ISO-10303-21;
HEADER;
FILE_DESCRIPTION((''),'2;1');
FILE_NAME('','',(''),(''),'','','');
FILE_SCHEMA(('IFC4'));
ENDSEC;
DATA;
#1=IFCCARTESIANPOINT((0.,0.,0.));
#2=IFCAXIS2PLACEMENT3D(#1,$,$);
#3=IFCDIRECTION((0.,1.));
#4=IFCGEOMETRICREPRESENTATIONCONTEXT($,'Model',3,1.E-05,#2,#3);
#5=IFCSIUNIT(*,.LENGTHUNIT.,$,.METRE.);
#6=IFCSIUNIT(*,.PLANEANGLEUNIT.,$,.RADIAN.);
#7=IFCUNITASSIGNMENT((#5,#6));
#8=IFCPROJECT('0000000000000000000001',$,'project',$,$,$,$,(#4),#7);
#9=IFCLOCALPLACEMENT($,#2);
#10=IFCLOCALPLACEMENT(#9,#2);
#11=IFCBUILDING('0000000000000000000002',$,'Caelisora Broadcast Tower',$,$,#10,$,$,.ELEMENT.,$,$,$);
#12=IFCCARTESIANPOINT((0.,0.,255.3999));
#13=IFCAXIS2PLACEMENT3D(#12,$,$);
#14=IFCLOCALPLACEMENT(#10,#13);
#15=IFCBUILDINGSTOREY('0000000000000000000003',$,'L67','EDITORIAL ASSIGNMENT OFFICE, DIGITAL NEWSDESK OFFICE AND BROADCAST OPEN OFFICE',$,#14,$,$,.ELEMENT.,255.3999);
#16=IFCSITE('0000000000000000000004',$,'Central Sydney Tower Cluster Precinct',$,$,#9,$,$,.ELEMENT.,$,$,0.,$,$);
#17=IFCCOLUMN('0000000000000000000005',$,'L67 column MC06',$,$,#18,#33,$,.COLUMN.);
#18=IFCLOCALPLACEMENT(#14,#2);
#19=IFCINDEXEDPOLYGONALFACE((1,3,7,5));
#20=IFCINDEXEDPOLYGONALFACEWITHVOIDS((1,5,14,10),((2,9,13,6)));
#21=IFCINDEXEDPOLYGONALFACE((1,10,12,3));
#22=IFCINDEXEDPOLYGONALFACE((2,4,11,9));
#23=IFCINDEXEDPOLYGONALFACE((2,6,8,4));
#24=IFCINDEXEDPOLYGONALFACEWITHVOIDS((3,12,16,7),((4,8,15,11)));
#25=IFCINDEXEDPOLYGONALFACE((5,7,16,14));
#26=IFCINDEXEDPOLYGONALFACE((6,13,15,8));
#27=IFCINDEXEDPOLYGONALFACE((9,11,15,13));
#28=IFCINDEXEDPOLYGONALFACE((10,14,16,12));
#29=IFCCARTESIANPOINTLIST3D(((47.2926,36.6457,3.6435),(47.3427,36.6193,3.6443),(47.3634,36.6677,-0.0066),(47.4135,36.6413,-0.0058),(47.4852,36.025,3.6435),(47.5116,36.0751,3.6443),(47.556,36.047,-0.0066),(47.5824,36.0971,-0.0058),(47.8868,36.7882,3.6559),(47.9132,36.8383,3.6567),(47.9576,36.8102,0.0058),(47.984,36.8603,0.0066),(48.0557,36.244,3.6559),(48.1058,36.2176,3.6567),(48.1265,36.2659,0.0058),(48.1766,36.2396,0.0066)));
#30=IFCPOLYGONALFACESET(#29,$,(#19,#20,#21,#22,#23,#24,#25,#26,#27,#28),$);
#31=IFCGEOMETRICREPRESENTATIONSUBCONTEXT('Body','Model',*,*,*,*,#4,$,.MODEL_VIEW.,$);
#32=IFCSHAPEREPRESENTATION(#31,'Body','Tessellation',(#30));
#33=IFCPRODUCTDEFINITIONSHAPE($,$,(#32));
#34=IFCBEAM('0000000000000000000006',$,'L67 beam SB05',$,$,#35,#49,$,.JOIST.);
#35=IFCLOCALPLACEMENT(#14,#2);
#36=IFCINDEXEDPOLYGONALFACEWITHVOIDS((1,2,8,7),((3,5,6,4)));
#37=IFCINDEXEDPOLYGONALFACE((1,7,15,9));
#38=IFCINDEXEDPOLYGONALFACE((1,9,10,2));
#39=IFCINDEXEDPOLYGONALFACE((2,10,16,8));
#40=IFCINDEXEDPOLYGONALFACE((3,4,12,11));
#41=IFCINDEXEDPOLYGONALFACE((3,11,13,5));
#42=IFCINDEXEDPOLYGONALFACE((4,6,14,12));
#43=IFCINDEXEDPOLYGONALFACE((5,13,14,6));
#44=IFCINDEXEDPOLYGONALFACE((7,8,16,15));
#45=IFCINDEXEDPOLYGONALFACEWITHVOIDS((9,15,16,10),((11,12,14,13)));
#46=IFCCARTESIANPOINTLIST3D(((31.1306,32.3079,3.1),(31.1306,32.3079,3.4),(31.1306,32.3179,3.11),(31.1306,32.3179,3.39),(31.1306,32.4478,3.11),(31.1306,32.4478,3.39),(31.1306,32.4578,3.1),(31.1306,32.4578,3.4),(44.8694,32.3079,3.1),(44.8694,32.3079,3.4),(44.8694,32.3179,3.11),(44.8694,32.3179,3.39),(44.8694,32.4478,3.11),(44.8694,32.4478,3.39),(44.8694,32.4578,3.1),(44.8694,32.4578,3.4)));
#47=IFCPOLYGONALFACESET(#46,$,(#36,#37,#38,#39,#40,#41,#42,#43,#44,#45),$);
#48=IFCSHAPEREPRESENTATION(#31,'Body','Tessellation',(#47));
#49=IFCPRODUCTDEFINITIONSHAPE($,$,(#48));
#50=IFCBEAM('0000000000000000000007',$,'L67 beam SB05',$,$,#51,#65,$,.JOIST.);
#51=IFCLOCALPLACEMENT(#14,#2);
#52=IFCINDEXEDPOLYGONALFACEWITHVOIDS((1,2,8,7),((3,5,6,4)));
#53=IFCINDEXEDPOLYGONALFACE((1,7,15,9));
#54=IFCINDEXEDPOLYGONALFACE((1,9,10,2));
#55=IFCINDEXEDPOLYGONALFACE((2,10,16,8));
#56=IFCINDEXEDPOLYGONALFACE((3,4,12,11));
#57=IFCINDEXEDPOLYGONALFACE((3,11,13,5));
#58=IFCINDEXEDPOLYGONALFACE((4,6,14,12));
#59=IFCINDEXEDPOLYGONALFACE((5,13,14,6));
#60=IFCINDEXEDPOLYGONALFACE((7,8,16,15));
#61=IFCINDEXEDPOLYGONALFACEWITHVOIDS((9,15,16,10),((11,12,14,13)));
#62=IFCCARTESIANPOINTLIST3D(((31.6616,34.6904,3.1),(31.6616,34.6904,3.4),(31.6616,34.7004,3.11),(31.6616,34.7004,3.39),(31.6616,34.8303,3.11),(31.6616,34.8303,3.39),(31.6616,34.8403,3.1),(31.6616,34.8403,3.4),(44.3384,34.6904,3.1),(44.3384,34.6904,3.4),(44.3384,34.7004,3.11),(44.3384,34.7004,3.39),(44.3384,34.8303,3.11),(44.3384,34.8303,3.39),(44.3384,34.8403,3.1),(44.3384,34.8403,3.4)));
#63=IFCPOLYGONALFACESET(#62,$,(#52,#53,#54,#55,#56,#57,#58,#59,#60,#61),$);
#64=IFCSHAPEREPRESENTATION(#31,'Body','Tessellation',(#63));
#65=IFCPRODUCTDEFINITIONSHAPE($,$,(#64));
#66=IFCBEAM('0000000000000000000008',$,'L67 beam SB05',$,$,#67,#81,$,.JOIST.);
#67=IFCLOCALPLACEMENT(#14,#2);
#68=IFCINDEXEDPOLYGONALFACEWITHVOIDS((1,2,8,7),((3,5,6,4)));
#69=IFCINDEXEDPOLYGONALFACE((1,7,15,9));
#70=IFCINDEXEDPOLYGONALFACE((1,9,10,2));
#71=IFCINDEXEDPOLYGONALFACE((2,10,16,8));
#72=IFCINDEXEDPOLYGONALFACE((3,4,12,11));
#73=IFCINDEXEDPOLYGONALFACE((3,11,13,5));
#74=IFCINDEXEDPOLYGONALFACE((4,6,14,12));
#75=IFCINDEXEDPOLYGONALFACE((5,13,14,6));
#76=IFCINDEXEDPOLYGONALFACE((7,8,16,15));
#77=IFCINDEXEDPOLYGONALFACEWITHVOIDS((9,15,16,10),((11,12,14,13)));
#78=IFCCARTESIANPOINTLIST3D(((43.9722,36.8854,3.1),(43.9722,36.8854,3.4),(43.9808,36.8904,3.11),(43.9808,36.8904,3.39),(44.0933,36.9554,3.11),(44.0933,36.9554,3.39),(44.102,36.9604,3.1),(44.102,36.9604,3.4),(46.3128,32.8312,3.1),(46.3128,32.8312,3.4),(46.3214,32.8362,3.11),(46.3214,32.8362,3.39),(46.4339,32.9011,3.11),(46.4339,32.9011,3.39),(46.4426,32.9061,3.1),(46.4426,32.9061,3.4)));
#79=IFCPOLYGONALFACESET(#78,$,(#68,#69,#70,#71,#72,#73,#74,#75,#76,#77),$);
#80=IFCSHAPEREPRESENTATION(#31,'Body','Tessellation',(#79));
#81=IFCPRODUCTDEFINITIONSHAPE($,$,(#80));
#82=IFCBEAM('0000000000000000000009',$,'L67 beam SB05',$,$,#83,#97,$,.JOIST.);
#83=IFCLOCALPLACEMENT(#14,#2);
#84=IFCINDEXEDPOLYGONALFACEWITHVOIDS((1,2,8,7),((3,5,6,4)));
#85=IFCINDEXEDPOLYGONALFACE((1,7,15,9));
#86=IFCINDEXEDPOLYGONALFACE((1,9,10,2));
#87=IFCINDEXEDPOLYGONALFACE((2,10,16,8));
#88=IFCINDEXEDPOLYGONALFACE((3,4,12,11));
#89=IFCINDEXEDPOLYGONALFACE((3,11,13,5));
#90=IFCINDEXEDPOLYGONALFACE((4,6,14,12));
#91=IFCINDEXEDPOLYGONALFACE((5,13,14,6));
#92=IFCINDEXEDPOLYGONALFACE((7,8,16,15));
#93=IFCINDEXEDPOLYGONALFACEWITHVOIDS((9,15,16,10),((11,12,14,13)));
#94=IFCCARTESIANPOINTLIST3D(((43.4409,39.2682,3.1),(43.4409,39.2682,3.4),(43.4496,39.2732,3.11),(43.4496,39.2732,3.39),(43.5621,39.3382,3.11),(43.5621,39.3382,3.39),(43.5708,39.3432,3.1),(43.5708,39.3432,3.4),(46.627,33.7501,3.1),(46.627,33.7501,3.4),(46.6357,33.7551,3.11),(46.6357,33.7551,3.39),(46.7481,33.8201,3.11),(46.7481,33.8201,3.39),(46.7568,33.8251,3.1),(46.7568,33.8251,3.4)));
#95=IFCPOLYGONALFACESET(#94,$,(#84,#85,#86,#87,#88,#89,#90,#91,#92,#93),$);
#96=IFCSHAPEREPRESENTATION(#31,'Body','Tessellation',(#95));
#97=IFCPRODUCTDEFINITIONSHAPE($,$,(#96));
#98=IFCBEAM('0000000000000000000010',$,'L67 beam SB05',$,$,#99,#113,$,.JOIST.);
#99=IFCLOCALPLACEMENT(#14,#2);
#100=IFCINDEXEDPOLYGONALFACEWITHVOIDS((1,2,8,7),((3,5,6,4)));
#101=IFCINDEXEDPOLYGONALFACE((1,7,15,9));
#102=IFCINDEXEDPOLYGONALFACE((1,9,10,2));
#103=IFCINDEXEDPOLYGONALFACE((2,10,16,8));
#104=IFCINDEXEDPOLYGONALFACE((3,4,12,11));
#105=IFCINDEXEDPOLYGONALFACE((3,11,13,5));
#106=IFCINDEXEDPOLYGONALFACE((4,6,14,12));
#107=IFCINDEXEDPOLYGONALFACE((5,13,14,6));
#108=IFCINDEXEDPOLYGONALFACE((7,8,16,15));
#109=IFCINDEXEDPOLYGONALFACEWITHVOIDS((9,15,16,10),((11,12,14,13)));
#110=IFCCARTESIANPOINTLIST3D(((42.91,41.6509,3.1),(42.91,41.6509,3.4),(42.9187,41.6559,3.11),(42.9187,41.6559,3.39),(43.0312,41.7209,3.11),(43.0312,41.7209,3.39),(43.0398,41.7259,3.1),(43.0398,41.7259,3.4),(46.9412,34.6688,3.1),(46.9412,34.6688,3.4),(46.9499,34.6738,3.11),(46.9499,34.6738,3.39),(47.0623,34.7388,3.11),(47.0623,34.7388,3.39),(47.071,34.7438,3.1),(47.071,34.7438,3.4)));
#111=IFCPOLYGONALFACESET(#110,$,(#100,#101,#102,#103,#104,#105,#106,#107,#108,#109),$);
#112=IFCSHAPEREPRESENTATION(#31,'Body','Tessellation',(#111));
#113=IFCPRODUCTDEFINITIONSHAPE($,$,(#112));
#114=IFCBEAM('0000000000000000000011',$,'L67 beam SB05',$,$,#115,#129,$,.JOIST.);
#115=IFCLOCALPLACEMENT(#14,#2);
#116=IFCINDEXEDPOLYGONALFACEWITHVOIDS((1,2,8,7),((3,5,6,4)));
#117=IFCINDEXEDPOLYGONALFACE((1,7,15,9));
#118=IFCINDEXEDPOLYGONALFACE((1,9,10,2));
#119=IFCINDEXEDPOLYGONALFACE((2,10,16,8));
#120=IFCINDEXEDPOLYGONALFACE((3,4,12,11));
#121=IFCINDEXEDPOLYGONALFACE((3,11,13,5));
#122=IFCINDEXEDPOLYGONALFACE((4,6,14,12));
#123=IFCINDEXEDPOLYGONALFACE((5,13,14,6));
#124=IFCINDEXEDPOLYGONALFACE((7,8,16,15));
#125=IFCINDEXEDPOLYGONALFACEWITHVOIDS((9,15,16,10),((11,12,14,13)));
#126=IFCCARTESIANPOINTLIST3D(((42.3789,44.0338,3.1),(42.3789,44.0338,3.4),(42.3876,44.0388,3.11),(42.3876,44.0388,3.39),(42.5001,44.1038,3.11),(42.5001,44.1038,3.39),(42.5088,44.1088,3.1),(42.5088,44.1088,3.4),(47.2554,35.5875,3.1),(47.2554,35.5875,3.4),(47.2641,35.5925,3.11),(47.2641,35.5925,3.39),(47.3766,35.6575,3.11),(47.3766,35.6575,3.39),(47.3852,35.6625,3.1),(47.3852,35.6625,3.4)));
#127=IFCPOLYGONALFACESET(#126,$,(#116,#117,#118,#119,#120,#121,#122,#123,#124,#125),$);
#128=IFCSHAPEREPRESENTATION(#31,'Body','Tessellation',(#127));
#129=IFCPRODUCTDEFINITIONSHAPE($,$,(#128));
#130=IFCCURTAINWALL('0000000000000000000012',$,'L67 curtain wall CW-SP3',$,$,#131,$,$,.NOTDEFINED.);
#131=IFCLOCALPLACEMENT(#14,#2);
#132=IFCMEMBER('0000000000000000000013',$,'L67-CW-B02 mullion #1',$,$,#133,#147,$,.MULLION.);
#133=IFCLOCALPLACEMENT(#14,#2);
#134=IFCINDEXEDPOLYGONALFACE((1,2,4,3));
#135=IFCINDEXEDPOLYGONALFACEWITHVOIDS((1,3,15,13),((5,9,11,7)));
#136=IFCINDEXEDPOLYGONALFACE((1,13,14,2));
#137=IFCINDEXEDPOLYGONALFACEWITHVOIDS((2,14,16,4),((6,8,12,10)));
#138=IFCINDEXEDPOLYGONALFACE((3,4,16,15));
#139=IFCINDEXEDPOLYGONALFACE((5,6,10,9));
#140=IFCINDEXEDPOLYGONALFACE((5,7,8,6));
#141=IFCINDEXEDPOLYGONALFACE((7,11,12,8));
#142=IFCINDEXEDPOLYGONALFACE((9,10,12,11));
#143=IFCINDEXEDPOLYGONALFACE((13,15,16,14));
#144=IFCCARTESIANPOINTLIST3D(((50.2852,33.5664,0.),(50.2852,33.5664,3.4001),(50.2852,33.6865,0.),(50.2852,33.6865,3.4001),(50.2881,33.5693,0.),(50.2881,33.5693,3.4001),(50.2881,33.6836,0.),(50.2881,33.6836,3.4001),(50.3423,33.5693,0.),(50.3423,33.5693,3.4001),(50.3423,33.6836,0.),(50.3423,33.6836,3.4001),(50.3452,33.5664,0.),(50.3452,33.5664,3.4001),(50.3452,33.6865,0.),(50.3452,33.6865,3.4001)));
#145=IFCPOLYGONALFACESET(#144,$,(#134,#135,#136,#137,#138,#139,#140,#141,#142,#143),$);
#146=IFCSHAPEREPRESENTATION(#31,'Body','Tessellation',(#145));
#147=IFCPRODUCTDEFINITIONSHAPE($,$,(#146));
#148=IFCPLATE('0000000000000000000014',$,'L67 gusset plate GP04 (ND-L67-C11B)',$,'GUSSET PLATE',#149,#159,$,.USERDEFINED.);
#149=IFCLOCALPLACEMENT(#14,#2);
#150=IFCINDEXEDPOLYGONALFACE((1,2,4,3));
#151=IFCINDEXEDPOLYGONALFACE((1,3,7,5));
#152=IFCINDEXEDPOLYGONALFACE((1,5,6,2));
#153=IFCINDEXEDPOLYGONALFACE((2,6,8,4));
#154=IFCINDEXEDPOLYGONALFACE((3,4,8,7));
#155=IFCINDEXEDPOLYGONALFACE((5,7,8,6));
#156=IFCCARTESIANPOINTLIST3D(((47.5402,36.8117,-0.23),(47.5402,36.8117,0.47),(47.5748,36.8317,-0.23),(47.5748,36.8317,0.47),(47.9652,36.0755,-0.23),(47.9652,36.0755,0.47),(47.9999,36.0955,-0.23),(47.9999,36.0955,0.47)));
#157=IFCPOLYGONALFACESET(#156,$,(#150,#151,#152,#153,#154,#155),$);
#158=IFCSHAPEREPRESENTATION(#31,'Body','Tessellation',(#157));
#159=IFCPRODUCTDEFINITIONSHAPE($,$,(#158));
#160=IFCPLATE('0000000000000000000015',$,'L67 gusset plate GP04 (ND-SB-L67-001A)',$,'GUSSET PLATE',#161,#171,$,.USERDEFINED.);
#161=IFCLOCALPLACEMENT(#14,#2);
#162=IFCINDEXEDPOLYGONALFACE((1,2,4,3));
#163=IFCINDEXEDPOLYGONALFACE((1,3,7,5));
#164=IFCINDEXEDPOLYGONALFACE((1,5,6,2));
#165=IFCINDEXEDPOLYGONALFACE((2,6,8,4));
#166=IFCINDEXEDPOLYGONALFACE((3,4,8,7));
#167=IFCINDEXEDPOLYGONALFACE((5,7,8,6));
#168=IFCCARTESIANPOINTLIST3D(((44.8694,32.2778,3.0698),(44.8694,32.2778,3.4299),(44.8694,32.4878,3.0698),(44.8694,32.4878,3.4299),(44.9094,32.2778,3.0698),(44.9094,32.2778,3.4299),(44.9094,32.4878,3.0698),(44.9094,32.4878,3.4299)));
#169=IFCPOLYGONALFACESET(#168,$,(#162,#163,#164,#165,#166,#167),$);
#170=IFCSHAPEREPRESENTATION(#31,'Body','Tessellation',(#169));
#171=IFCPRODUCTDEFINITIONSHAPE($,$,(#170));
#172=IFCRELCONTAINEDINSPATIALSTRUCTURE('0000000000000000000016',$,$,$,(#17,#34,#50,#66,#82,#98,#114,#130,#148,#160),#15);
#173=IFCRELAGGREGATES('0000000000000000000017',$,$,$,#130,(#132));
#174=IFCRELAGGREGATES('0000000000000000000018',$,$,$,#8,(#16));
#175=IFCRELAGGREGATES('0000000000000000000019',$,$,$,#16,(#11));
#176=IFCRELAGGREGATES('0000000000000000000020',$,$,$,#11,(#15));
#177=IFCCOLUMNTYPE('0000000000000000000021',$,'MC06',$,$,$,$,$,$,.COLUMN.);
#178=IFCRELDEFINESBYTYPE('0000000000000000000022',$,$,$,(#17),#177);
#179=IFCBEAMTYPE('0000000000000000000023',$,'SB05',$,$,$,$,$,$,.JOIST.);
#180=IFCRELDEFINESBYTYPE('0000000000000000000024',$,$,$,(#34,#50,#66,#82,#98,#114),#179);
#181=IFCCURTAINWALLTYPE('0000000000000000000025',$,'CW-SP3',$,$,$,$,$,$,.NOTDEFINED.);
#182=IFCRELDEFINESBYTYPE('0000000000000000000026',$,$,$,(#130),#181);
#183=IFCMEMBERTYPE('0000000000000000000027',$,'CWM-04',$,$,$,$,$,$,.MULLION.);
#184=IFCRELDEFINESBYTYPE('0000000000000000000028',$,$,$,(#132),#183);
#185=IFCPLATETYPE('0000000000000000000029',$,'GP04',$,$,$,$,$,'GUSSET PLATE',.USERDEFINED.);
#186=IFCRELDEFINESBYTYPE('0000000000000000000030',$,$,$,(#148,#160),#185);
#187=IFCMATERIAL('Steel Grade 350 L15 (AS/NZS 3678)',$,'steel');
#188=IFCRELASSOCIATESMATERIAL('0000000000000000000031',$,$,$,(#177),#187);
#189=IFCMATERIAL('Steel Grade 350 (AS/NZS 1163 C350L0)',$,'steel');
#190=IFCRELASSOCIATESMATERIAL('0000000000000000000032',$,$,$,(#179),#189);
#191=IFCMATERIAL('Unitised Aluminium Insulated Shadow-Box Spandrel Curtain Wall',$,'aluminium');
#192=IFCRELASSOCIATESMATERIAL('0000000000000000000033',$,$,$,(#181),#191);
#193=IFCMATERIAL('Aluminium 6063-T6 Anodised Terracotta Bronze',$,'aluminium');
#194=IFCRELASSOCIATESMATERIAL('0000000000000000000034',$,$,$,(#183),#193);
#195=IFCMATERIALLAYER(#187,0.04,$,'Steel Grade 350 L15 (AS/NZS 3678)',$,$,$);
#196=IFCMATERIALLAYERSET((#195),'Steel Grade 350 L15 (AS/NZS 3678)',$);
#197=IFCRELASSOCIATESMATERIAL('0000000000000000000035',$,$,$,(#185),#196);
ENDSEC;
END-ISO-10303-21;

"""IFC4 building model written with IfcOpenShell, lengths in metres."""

from ifc_helpers import new_model, si_unit, direction, frame, origin, origin_2d, place, context, subcontext, project, spatial, rectangle, hollow_rectangle, extrude, source, transform, mapped, material, layer, layer_set, material_profile, profile_set, type_object, type_shapes, element, aggregate, save


model = new_model("IFC4")

# Units and contexts
model_context = context("Model", 3, precision=1e-05, world=origin(), true_north=direction((0.0, 1.0)))
body_context = subcontext(model_context, "Body", "Model", "MODEL_VIEW")
ifc_project = project(units=[si_unit("LENGTHUNIT", "METRE"), si_unit("PLANEANGLEUNIT", "RADIAN")], contexts=[model_context])

# Site, building, storey
site_placement = place(None, origin())
site = spatial("IfcSite", under=ifc_project, at=site_placement, Name="Central Sydney Tower Cluster Precinct", CompositionType="ELEMENT", RefElevation=0.0)
building_placement = place(site_placement, origin())
building = spatial("IfcBuilding", under=site, at=building_placement, Name="Caelisora Broadcast Tower", CompositionType="ELEMENT")
storey_placement = place(building_placement, frame((0.0, 0.0, 255.3999)))
storey = spatial("IfcBuildingStorey", under=building, at=storey_placement, Name="L67", Description="EDITORIAL ASSIGNMENT OFFICE, DIGITAL NEWSDESK OFFICE AND BROADCAST OPEN OFFICE", CompositionType="ELEMENT", Elevation=255.3999)

# Column
ifc_material_1 = material(Name="Steel Grade 350 L15 (AS/NZS 3678)", Category="steel")
ifc_material_profile_1 = material_profile(ifc_material_1, hollow_rectangle(XDim=0.6499, YDim=0.6499, WallThickness=0.04, at=origin_2d()), Name="Steel Grade 350 L15 (AS/NZS 3678)")
ifc_profile_set_1 = profile_set([ifc_material_profile_1], Name="Steel Grade 350 L15 (AS/NZS 3678)")
column_type = type_object("IfcColumnType", Name="MC06", PredefinedType="COLUMN", material=ifc_profile_set_1)
shared_shape_1 = source(origin(), body_context, "Body", "SweptSolid", [
    extrude(hollow_rectangle(XDim=0.6499, YDim=0.6499, WallThickness=0.04, at=origin_2d()), origin(), (0.0, 0.0, 1.0), 3.6509),
])
type_shapes(column_type, [shared_shape_1])
column_placement = place(storey_placement, frame((47.77, 36.4536, 0.0), z_axis=(-0.019393, -0.006018, 0.999794), x_axis=(0.296399, -0.955064, 0.0)))
element("IfcColumn", 1, at=column_placement, inside=storey, type_object=column_type, Name="L67 column MC06", PredefinedType="COLUMN", context=body_context, shape_type="MappedRepresentation", body=[
    mapped(shared_shape_1, transform((0.0, 0.0, 0.0), scale=1.0)),
])

# Beams
ifc_material_2 = material(Name="Steel Grade 350 (AS/NZS 1163 C350L0)", Category="steel")
ifc_material_profile_2 = material_profile(ifc_material_2, hollow_rectangle(XDim=0.1499, YDim=0.3, WallThickness=0.01, at=origin_2d()), Name="Steel Grade 350 (AS/NZS 1163 C350L0)")
ifc_profile_set_2 = profile_set([ifc_material_profile_2], Name="Steel Grade 350 (AS/NZS 1163 C350L0)")
beam_type = type_object("IfcBeamType", Name="SB05", PredefinedType="JOIST", material=ifc_profile_set_2)
shared_shape_2 = source(origin(), body_context, "Body", "SweptSolid", [
    extrude(hollow_rectangle(XDim=0.1499, YDim=0.3, WallThickness=0.01, at=origin_2d()), origin(), (0.0, 0.0, 1.0), 13.7388),
])
beam_1_placement = place(storey_placement, frame((44.8694, 32.3828, 3.25), z_axis=(-1.0, 0.0, 0.0), x_axis=(0.0, -1.0, 0.0)))
element("IfcBeam", 2, at=beam_1_placement, inside=storey, type_object=beam_type, Name="L67 beam SB05", PredefinedType="JOIST", context=body_context, shape_type="MappedRepresentation", body=[
    mapped(shared_shape_2, transform((0.0, 0.0, 0.0), scale=1.0)),
])
shared_shape_3 = source(origin(), body_context, "Body", "SweptSolid", [
    extrude(hollow_rectangle(XDim=0.1499, YDim=0.3, WallThickness=0.01, at=origin_2d()), origin(), (0.0, 0.0, 1.0), 12.6768),
])
beam_2_placement = place(storey_placement, frame((44.3384, 34.7654, 3.25), z_axis=(-1.0, 0.0, 0.0), x_axis=(0.0, -1.0, 0.0)))
element("IfcBeam", 3, at=beam_2_placement, inside=storey, type_object=beam_type, Name="L67 beam SB05", PredefinedType="JOIST", context=body_context, shape_type="MappedRepresentation", body=[
    mapped(shared_shape_3, transform((0.0, 0.0, 0.0), scale=1.0)),
])
shared_shape_4 = source(origin(), body_context, "Body", "SweptSolid", [
    extrude(hollow_rectangle(XDim=0.1499, YDim=0.3, WallThickness=0.01, at=origin_2d()), origin(), (0.0, 0.0, 1.0), 4.6814),
])
beam_3_placement = place(storey_placement, frame((46.3777, 32.8687, 3.25), z_axis=(-0.499981, 0.866036, 0.0), x_axis=(-0.866036, -0.499981, 0.0)))
element("IfcBeam", 4, at=beam_3_placement, inside=storey, type_object=beam_type, Name="L67 beam SB05", PredefinedType="JOIST", context=body_context, shape_type="MappedRepresentation", body=[
    mapped(shared_shape_4, transform((0.0, 0.0, 0.0), scale=1.0)),
])
shared_shape_5 = source(origin(), body_context, "Body", "SweptSolid", [
    extrude(hollow_rectangle(XDim=0.1499, YDim=0.3, WallThickness=0.01, at=origin_2d()), origin(), (0.0, 0.0, 1.0), 6.3718),
])
beam_4_placement = place(storey_placement, frame((46.6919, 33.7876, 3.25), z_axis=(-0.500021, 0.866013, 0.0), x_axis=(-0.866013, -0.500021, 0.0)))
element("IfcBeam", 5, at=beam_4_placement, inside=storey, type_object=beam_type, Name="L67 beam SB05", PredefinedType="JOIST", context=body_context, shape_type="MappedRepresentation", body=[
    mapped(shared_shape_5, transform((0.0, 0.0, 0.0), scale=1.0)),
])
shared_shape_6 = source(origin(), body_context, "Body", "SweptSolid", [
    extrude(hollow_rectangle(XDim=0.1499, YDim=0.3, WallThickness=0.01, at=origin_2d()), origin(), (0.0, 0.0, 1.0), 8.0623),
])
beam_5_placement = place(storey_placement, frame((47.0061, 34.7063, 3.25), z_axis=(-0.500008, 0.866021, 0.0), x_axis=(-0.866021, -0.500008, 0.0)))
element("IfcBeam", 6, at=beam_5_placement, inside=storey, type_object=beam_type, Name="L67 beam SB05", PredefinedType="JOIST", context=body_context, shape_type="MappedRepresentation", body=[
    mapped(shared_shape_6, transform((0.0, 0.0, 0.0), scale=1.0)),
])
shared_shape_7 = source(origin(), body_context, "Body", "SweptSolid", [
    extrude(hollow_rectangle(XDim=0.1499, YDim=0.3, WallThickness=0.01, at=origin_2d()), origin(), (0.0, 0.0, 1.0), 9.7529),
])
type_shapes(beam_type, [shared_shape_2, shared_shape_3, shared_shape_4, shared_shape_5, shared_shape_6, shared_shape_7])
beam_6_placement = place(storey_placement, frame((47.3203, 35.625, 3.25), z_axis=(-0.5, 0.866026, 0.0), x_axis=(-0.866026, -0.5, 0.0)))
element("IfcBeam", 7, at=beam_6_placement, inside=storey, type_object=beam_type, Name="L67 beam SB05", PredefinedType="JOIST", context=body_context, shape_type="MappedRepresentation", body=[
    mapped(shared_shape_7, transform((0.0, 0.0, 0.0), scale=1.0)),
])

# Curtain wall, member
ifc_material_3 = material(Name="Unitised Aluminium Insulated Shadow-Box Spandrel Curtain Wall", Category="aluminium")
curtain_wall_type = type_object("IfcCurtainWallType", Name="CW-SP3", PredefinedType="NOTDEFINED", material=ifc_material_3)
curtain_wall_placement = place(storey_placement, origin())
curtain_wall = element("IfcCurtainWall", 8, at=curtain_wall_placement, inside=storey, type_object=curtain_wall_type, Name="L67 curtain wall CW-SP3", PredefinedType="NOTDEFINED")
ifc_material_4 = material(Name="Aluminium 6063-T6 Anodised Terracotta Bronze", Category="aluminium")
ifc_material_profile_3 = material_profile(ifc_material_4, hollow_rectangle(XDim=0.0601, YDim=0.1201, WallThickness=0.0029, at=origin_2d()), Name="Aluminium 6063-T6 Anodised Terracotta Bronze")
ifc_profile_set_3 = profile_set([ifc_material_profile_3], Name="Aluminium 6063-T6 Anodised Terracotta Bronze")
member_type = type_object("IfcMemberType", Name="CWM-04", PredefinedType="MULLION", material=ifc_profile_set_3)
shared_shape_8 = source(origin(), body_context, "Body", "SweptSolid", [
    extrude(hollow_rectangle(XDim=0.0601, YDim=0.1201, WallThickness=0.0029, at=origin_2d()), origin(), (0.0, 0.0, 1.0), 3.4001),
])
type_shapes(member_type, [shared_shape_8])
member_placement = place(storey_placement, frame((50.3152, 33.6265, 0.0), z_axis=(0.0, 0.0, 1.0), x_axis=(1.0, 0.0, 0.0)))
member = element("IfcMember", 9, at=member_placement, type_object=member_type, Name="L67-CW-B02 mullion #1", PredefinedType="MULLION", context=body_context, shape_type="MappedRepresentation", body=[
    mapped(shared_shape_8, transform((0.0, 0.0, 0.0), scale=1.0)),
])

# Plates
ifc_layer_1 = layer(ifc_material_1, 0.04, Name="Steel Grade 350 L15 (AS/NZS 3678)")
ifc_layer_set_1 = layer_set([ifc_layer_1], Name="Steel Grade 350 L15 (AS/NZS 3678)")
plate_type_1 = type_object("IfcPlateType", Name="GP04", ElementType="GUSSET PLATE", PredefinedType="USERDEFINED", material=ifc_layer_set_1)
shared_shape_9 = source(origin(), body_context, "Body", "SweptSolid", [
    extrude(rectangle(XDim=0.8501, YDim=0.04, at=origin_2d()), origin(), (0.0, 0.0, 1.0), 0.7),
])
plate_1_placement = place(storey_placement, frame((47.77, 36.4536, -0.23), z_axis=(0.0, 0.0, 1.0), x_axis=(-0.5, 0.866025, 0.0)))
element("IfcPlate", 10, at=plate_1_placement, inside=storey, type_object=plate_type_1, Name="L67 gusset plate GP04 (ND-L67-C11B)", ObjectType="GUSSET PLATE", PredefinedType="USERDEFINED", context=body_context, shape_type="MappedRepresentation", body=[
    mapped(shared_shape_9, transform((0.0, 0.0, 0.0), scale=1.0)),
])
shared_shape_10 = source(origin(), body_context, "Body", "SweptSolid", [
    extrude(rectangle(XDim=0.21, YDim=0.04, at=origin_2d()), origin(), (0.0, 0.0, 1.0), 0.3601),
])
type_shapes(plate_type_1, [shared_shape_9, shared_shape_10])
for number, where, z_axis, x_axis, name in (
    (11, (44.8894, 32.3828, 3.0698), (0.0, 0.0, 1.0), (0.0, -1.0, 0.0), "L67 gusset plate GP04 (ND-SB-L67-001A)"),
):
    element("IfcPlate", number, at=place(storey_placement, frame(where, z_axis=z_axis, x_axis=x_axis)), inside=storey, type_object=plate_type_1, Name=name, ObjectType="GUSSET PLATE", PredefinedType="USERDEFINED", context=body_context, shape_type="MappedRepresentation", body=[
        mapped(shared_shape_10, transform((0.0, 0.0, 0.0), scale=1.0)),
    ])

aggregate(curtain_wall, [member])

save(model, "model.ifc")
